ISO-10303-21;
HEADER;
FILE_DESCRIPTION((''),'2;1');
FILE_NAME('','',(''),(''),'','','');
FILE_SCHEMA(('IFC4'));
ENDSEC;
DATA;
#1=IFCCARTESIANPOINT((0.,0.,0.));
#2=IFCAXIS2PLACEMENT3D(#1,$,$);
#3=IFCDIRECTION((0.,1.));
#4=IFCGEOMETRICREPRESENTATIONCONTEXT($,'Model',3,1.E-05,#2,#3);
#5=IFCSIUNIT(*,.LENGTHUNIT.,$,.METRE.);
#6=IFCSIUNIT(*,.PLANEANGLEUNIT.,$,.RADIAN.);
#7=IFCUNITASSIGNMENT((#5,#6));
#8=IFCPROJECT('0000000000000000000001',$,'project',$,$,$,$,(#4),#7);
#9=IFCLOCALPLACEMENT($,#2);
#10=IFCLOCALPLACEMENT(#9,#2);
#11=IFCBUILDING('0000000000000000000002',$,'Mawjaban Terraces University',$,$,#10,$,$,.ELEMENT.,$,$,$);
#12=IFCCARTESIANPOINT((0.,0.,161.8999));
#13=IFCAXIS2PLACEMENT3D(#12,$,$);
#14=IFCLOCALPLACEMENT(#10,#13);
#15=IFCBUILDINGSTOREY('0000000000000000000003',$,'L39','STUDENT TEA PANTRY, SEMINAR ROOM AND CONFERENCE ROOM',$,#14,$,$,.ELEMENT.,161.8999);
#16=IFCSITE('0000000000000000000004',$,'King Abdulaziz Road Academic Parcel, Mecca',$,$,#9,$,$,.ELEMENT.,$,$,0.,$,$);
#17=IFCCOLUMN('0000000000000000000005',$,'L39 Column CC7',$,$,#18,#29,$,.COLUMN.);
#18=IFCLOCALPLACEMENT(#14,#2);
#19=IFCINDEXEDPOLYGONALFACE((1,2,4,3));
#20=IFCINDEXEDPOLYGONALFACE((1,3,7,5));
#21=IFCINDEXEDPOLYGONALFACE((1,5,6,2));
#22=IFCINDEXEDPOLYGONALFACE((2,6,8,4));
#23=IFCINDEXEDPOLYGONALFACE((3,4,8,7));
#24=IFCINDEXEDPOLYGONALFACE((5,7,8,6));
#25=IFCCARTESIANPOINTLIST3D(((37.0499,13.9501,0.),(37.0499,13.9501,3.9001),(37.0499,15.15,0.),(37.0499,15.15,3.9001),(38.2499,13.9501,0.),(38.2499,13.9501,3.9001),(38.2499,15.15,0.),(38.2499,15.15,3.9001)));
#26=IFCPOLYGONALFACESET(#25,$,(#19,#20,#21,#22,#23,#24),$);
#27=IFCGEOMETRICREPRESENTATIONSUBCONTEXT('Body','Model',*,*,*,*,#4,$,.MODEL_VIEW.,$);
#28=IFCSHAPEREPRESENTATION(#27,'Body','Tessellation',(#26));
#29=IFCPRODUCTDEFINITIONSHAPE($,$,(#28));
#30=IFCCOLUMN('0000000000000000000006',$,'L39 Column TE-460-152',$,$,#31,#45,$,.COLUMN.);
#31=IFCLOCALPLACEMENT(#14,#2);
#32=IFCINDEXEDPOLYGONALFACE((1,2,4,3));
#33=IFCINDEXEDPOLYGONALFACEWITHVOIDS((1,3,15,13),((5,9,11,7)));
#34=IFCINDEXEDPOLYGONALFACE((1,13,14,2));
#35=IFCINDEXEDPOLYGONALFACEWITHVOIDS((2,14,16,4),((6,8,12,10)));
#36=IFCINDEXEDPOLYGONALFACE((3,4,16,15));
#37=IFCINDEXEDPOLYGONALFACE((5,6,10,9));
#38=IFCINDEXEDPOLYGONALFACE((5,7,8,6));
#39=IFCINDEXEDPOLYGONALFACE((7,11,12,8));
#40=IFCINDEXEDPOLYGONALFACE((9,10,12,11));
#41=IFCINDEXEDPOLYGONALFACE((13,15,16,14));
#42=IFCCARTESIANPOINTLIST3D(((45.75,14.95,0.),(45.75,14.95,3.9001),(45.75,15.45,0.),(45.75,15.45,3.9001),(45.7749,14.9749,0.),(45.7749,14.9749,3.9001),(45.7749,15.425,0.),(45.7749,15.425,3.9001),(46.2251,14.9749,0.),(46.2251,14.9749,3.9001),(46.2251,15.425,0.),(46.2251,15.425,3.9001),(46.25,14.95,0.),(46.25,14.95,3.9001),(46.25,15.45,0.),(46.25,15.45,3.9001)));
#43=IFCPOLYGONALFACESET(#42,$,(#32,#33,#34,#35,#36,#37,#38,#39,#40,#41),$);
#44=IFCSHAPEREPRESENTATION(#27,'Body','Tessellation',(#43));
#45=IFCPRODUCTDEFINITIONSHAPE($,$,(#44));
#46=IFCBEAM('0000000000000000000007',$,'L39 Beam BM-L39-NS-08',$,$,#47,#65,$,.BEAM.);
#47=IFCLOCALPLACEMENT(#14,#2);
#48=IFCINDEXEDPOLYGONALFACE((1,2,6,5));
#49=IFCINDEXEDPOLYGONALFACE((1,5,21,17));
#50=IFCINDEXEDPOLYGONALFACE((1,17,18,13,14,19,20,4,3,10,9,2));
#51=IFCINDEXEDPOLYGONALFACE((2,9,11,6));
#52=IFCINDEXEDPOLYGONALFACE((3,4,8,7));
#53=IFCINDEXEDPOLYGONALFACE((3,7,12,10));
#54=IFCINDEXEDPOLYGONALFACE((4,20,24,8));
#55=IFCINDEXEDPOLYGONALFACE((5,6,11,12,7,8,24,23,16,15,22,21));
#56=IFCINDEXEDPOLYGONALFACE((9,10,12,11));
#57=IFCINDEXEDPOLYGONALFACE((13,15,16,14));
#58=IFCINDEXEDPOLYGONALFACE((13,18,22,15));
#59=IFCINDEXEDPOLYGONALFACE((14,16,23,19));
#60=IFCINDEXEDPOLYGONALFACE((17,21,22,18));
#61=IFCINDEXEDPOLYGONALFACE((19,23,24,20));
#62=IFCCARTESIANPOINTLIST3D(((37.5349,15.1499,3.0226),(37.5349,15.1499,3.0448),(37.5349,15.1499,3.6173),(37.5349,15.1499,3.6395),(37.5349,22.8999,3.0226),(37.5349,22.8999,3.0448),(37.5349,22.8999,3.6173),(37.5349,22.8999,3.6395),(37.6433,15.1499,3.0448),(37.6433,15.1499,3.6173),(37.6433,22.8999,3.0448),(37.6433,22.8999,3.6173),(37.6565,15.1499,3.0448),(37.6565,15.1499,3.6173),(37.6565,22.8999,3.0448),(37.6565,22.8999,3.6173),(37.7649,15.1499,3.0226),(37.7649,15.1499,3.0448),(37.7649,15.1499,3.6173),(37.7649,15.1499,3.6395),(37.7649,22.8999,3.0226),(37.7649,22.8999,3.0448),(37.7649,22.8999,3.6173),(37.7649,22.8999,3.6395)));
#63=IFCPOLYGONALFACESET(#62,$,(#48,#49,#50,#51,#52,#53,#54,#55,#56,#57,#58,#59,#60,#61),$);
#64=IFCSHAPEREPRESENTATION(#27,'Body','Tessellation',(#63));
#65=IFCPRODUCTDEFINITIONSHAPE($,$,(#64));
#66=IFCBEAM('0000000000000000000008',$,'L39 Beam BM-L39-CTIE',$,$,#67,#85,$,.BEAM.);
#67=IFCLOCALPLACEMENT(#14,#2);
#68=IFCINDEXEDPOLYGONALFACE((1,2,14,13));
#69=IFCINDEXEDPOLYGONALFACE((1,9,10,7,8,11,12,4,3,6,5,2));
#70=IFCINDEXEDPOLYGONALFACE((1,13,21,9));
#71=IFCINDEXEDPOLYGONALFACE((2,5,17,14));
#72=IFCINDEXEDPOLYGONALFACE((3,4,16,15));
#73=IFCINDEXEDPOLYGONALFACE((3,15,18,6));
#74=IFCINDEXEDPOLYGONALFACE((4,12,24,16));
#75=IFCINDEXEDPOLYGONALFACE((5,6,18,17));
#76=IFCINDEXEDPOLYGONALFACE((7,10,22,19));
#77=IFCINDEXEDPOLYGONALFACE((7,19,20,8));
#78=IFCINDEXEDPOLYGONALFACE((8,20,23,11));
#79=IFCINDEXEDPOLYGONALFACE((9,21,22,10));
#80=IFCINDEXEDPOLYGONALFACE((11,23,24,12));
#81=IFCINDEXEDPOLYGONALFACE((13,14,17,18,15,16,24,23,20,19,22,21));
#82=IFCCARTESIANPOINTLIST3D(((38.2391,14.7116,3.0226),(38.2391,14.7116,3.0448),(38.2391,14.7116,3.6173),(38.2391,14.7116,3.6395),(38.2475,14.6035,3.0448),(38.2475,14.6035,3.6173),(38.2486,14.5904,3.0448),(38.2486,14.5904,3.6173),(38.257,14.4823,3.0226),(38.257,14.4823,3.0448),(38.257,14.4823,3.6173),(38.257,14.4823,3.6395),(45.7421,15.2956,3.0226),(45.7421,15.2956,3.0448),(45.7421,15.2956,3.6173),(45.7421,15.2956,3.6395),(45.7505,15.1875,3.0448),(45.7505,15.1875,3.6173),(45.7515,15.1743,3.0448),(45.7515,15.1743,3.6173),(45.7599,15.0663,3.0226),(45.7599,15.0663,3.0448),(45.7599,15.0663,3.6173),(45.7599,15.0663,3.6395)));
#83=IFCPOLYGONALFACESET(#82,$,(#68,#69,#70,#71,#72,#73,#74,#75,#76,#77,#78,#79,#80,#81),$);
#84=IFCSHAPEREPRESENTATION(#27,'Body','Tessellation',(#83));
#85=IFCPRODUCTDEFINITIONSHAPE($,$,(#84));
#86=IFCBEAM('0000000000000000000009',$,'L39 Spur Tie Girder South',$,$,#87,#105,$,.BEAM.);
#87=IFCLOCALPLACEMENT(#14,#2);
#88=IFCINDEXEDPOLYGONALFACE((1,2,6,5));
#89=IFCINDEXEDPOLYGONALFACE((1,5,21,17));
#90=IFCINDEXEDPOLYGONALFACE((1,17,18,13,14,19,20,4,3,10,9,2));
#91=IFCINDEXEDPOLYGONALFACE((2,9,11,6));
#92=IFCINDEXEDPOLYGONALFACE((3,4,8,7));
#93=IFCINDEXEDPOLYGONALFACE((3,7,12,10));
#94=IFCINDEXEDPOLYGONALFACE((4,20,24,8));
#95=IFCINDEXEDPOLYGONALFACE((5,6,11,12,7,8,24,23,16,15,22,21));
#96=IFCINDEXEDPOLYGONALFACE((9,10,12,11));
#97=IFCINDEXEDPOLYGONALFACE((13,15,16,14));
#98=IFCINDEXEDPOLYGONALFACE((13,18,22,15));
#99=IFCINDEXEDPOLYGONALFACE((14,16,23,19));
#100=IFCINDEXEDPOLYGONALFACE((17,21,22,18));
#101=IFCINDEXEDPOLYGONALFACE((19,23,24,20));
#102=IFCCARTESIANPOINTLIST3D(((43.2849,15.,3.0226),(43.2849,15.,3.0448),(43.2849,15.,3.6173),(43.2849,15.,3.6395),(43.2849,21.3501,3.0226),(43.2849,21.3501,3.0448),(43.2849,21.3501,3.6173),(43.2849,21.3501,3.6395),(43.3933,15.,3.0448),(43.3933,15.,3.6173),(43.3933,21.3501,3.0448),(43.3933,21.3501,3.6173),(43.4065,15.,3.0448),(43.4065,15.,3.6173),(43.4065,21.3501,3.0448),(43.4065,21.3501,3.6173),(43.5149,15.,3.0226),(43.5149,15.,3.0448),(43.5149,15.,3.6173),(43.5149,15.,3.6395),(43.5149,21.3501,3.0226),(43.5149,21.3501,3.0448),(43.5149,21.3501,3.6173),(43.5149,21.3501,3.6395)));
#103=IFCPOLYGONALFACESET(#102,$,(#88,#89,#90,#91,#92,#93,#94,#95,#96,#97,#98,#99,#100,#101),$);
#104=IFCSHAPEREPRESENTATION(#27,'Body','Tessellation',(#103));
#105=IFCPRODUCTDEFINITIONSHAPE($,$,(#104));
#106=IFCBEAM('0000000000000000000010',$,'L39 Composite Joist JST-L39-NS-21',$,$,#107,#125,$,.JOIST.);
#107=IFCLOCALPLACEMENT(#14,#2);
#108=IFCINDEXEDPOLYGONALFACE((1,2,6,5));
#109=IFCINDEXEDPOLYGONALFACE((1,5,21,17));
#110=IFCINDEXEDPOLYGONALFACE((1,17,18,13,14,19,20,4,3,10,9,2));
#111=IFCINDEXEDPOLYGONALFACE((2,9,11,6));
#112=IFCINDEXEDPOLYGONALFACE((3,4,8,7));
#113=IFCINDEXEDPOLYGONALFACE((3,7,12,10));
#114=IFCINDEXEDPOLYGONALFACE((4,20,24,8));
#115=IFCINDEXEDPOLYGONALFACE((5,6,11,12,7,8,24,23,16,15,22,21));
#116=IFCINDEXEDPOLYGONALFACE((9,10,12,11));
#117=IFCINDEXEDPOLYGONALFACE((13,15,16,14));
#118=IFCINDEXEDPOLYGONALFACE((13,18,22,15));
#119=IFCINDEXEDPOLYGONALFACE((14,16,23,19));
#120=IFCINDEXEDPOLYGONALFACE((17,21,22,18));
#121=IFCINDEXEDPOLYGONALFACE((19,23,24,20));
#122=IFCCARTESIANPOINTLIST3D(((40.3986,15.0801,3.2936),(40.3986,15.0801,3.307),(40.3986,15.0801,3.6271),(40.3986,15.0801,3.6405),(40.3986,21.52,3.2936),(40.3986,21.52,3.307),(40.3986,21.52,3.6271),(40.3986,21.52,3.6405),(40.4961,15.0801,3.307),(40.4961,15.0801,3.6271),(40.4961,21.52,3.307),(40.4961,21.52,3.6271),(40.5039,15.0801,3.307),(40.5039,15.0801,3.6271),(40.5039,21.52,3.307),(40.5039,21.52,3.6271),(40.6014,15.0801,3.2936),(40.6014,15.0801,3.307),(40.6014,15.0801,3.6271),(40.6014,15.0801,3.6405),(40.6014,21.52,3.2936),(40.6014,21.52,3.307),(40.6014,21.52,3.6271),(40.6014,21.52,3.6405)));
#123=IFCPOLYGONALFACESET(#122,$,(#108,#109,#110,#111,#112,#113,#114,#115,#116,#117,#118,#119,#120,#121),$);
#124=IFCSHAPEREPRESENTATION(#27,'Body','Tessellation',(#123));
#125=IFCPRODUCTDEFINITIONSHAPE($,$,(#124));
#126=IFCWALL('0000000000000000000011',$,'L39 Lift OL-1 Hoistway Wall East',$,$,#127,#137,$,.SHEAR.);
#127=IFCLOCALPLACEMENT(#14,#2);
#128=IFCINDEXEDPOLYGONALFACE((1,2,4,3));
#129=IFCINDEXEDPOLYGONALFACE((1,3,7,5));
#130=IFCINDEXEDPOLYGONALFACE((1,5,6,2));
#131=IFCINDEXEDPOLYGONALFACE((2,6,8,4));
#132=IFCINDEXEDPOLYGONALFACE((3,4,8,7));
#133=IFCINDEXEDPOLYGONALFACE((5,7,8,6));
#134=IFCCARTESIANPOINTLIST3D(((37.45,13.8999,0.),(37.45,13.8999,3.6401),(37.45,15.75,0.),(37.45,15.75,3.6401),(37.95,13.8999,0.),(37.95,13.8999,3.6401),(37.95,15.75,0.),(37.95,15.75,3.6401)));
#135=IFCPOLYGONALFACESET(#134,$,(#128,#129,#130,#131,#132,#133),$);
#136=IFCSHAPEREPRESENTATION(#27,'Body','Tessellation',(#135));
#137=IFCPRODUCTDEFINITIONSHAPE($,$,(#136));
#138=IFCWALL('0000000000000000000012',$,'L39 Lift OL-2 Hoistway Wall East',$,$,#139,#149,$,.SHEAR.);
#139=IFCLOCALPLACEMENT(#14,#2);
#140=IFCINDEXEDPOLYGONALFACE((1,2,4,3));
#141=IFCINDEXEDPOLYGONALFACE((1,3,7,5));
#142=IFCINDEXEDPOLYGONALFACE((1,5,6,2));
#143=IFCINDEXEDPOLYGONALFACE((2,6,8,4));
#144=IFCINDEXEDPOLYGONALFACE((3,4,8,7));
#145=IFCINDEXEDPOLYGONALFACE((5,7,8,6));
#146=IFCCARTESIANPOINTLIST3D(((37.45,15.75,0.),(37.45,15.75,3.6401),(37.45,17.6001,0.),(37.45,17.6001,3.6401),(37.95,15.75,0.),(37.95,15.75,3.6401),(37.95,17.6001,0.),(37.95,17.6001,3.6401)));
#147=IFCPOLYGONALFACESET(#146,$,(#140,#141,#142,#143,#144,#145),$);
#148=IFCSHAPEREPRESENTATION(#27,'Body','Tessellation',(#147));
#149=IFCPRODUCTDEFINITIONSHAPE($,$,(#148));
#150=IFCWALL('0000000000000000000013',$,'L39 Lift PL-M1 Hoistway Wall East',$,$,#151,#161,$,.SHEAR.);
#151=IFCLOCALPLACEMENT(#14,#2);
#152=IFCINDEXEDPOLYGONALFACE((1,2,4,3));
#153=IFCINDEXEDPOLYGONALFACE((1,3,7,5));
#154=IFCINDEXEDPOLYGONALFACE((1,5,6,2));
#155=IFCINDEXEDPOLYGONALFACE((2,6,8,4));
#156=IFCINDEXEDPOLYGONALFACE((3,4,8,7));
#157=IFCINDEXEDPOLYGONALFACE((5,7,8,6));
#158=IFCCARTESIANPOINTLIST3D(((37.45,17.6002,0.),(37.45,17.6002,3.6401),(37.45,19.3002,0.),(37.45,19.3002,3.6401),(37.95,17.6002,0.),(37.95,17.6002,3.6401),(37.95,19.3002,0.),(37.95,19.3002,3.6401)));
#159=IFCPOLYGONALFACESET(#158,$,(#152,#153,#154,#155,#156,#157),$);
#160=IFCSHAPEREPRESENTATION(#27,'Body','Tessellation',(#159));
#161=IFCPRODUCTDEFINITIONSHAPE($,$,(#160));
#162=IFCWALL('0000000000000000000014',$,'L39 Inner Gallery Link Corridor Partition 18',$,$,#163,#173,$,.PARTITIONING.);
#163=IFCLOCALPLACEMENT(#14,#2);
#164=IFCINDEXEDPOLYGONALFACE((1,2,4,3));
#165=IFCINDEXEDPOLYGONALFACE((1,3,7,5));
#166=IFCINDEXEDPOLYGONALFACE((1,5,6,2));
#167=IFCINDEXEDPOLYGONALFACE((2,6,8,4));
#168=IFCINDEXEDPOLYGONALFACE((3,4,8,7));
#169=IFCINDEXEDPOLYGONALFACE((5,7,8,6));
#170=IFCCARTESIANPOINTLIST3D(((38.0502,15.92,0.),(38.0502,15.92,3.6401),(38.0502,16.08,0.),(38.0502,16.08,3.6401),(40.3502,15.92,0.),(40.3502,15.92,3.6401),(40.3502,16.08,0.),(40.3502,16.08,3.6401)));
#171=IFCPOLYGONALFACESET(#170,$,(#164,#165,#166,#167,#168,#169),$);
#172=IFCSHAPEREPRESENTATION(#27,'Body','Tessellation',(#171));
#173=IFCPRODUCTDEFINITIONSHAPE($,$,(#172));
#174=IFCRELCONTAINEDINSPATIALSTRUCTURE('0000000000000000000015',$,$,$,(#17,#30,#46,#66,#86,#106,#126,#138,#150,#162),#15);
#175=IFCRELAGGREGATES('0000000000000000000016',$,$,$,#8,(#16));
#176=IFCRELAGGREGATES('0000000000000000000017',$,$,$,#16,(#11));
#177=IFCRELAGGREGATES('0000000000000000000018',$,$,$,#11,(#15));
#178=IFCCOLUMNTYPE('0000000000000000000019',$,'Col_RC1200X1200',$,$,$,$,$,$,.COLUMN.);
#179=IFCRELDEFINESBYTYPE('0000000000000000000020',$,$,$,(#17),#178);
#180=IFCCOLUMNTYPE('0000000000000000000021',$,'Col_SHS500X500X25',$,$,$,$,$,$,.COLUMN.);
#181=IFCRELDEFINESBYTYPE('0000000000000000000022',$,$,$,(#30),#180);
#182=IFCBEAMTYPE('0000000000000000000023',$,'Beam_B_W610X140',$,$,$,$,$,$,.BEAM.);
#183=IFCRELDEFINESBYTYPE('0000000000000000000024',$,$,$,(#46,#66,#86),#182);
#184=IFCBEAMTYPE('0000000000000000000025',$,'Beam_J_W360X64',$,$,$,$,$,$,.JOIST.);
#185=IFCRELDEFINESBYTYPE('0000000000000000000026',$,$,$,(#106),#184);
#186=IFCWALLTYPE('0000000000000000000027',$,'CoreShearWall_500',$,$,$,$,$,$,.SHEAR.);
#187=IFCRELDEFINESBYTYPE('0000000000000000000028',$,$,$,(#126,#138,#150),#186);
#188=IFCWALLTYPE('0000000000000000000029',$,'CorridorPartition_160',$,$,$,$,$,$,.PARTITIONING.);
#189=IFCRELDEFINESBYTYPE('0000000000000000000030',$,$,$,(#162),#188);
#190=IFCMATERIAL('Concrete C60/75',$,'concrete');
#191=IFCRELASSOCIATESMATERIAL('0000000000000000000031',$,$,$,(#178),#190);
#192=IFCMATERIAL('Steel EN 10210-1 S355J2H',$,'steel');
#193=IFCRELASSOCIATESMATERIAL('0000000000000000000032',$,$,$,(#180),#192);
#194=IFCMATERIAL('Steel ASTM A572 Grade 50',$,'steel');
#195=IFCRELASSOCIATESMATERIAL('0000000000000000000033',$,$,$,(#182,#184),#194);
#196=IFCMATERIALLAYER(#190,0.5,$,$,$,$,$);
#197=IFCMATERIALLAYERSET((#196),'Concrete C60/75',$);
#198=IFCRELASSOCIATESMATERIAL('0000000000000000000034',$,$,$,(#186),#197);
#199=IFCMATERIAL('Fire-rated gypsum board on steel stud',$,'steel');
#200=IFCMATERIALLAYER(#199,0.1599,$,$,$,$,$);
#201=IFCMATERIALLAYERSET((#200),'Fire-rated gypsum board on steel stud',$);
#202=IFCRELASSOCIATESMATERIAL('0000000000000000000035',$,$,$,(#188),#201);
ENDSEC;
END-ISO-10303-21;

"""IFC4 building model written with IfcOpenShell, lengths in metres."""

from ifc_helpers import new_model, si_unit, direction, frame, frame_2d, origin, origin_2d, place, context, subcontext, project, spatial, rectangle, hollow_rectangle, i_section, extrude, material, layer, layer_set, material_profile, profile_set, type_object, element, save


model = new_model("IFC4")

# Units and contexts
model_context = context("Model", 3, precision=1e-05, world=origin(), true_north=direction((0.0, 1.0)))
body_context = subcontext(model_context, "Body", "Model", "MODEL_VIEW")
ifc_project = project(units=[si_unit("LENGTHUNIT", "METRE"), si_unit("PLANEANGLEUNIT", "RADIAN")], contexts=[model_context])

# Site, building, storey
site_placement = place(None, origin())
site = spatial("IfcSite", under=ifc_project, at=site_placement, Name="King Abdulaziz Road Academic Parcel, Mecca", CompositionType="ELEMENT", RefElevation=0.0)
building_placement = place(site_placement, origin())
building = spatial("IfcBuilding", under=site, at=building_placement, Name="Mawjaban Terraces University", CompositionType="ELEMENT")
storey_placement = place(building_placement, frame((0.0, 0.0, 161.8999)))
storey = spatial("IfcBuildingStorey", under=building, at=storey_placement, Name="L39", Description="STUDENT TEA PANTRY, SEMINAR ROOM AND CONFERENCE ROOM", CompositionType="ELEMENT", Elevation=161.8999)

# Columns
ifc_material_1 = material(Name="Concrete C60/75", Category="concrete")
ifc_material_profile_1 = material_profile(ifc_material_1, rectangle(XDim=1.2, YDim=1.2, at=origin_2d()), Name="RC1200X1200")
ifc_profile_set_1 = profile_set([ifc_material_profile_1], Name="Concrete C60/75")
column_type_1 = type_object("IfcColumnType", Name="Col_RC1200X1200", PredefinedType="COLUMN", material=ifc_profile_set_1)
column_1_placement = place(storey_placement, frame((37.6499, 14.55, 0.0), z_axis=(0.0, 0.0, 1.0), x_axis=(1.0, 0.0, 0.0)))
element("IfcColumn", 1, at=column_1_placement, inside=storey, type_object=column_type_1, Name="L39 Column CC7", PredefinedType="COLUMN", context=body_context, shape_type="SweptSolid", body=[
    extrude(rectangle(XDim=1.2, YDim=1.2, at=origin_2d()), origin(), (0.0, 0.0, 1.0), 3.9001),
])
ifc_material_2 = material(Name="Steel EN 10210-1 S355J2H", Category="steel")
ifc_material_profile_2 = material_profile(ifc_material_2, hollow_rectangle(XDim=0.5, YDim=0.5, WallThickness=0.0249, at=origin_2d()), Name="SHS500X500X25")
ifc_profile_set_2 = profile_set([ifc_material_profile_2], Name="Steel EN 10210-1 S355J2H")
column_type_2 = type_object("IfcColumnType", Name="Col_SHS500X500X25", PredefinedType="COLUMN", material=ifc_profile_set_2)
column_2_placement = place(storey_placement, frame((46.0, 15.2, 0.0), z_axis=(0.0, 0.0, 1.0), x_axis=(1.0, 0.0, 0.0)))
element("IfcColumn", 2, at=column_2_placement, inside=storey, type_object=column_type_2, Name="L39 Column TE-460-152", PredefinedType="COLUMN", context=body_context, shape_type="SweptSolid", body=[
    extrude(hollow_rectangle(XDim=0.5, YDim=0.5, WallThickness=0.0249, at=origin_2d()), origin(), (0.0, 0.0, 1.0), 3.9001),
])

# Beams
ifc_material_3 = material(Name="Steel ASTM A572 Grade 50", Category="steel")
ifc_material_profile_3 = material_profile(ifc_material_3, i_section(OverallWidth=0.23, OverallDepth=0.6169, WebThickness=0.0132, FlangeThickness=0.0222, at=origin_2d()), Name="W610X140")
ifc_profile_set_3 = profile_set([ifc_material_profile_3], Name="Steel ASTM A572 Grade 50")
beam_type_1 = type_object("IfcBeamType", Name="Beam_B_W610X140", PredefinedType="BEAM", material=ifc_profile_set_3)
beam_1_placement = place(storey_placement, frame((37.6499, 15.1499, 3.3311), z_axis=(0.0, 1.0, 0.0), x_axis=(-1.0, 0.0, 0.0)))
element("IfcBeam", 3, at=beam_1_placement, inside=storey, type_object=beam_type_1, Name="L39 Beam BM-L39-NS-08", PredefinedType="BEAM", context=body_context, shape_type="SweptSolid", body=[
    extrude(i_section(OverallWidth=0.23, OverallDepth=0.6169, WebThickness=0.0132, FlangeThickness=0.0222, at=origin_2d()), origin(), (0.0, 0.0, 1.0), 7.75),
])
beam_2_placement = place(storey_placement, frame((38.248, 14.5969, 3.3311), z_axis=(0.996985, 0.077599, 0.0), x_axis=(-0.077599, 0.996985, 0.0)))
element("IfcBeam", 4, at=beam_2_placement, inside=storey, type_object=beam_type_1, Name="L39 Beam BM-L39-CTIE", PredefinedType="BEAM", context=body_context, shape_type="SweptSolid", body=[
    extrude(i_section(OverallWidth=0.23, OverallDepth=0.6169, WebThickness=0.0132, FlangeThickness=0.0222, at=origin_2d()), origin(), (0.0, 0.0, 1.0), 7.5256),
])
beam_3_placement = place(storey_placement, frame((43.3999, 15.0, 3.3311), z_axis=(0.0, 1.0, 0.0), x_axis=(-1.0, 0.0, 0.0)))
element("IfcBeam", 5, at=beam_3_placement, inside=storey, type_object=beam_type_1, Name="L39 Spur Tie Girder South", PredefinedType="BEAM", context=body_context, shape_type="SweptSolid", body=[
    extrude(i_section(OverallWidth=0.23, OverallDepth=0.6169, WebThickness=0.0132, FlangeThickness=0.0222, at=origin_2d()), origin(), (0.0, 0.0, 1.0), 6.3501),
])
ifc_material_profile_4 = material_profile(ifc_material_3, i_section(OverallWidth=0.2029, OverallDepth=0.3469, WebThickness=0.0078, FlangeThickness=0.0134, at=origin_2d()), Name="W360X64")
ifc_profile_set_4 = profile_set([ifc_material_profile_4], Name="Steel ASTM A572 Grade 50")
beam_type_2 = type_object("IfcBeamType", Name="Beam_J_W360X64", PredefinedType="JOIST", material=ifc_profile_set_4)
beam_4_placement = place(storey_placement, frame((40.5, 15.0801, 3.467), z_axis=(0.0, 1.0, 0.0), x_axis=(-1.0, 0.0, 0.0)))
element("IfcBeam", 6, at=beam_4_placement, inside=storey, type_object=beam_type_2, Name="L39 Composite Joist JST-L39-NS-21", PredefinedType="JOIST", context=body_context, shape_type="SweptSolid", body=[
    extrude(i_section(OverallWidth=0.2029, OverallDepth=0.3469, WebThickness=0.0078, FlangeThickness=0.0134, at=origin_2d()), origin(), (0.0, 0.0, 1.0), 6.4399),
])

# Walls
ifc_layer_1 = layer(ifc_material_1, 0.5)
ifc_layer_set_1 = layer_set([ifc_layer_1], Name="Concrete C60/75")
wall_type_1 = type_object("IfcWallType", Name="CoreShearWall_500", PredefinedType="SHEAR", material=ifc_layer_set_1)
for number, where, z_axis, x_axis, name in (
    (7, (37.7, 13.8999, 0.0), (0.0, 0.0, 1.0), (0.0, 1.0, 0.0), "L39 Lift OL-1 Hoistway Wall East"),
    (8, (37.7, 15.75, 0.0), (0.0, 0.0, 1.0), (0.0, 1.0, 0.0), "L39 Lift OL-2 Hoistway Wall East"),
):
    element("IfcWall", number, at=place(storey_placement, frame(where, z_axis=z_axis, x_axis=x_axis)), inside=storey, type_object=wall_type_1, Name=name, PredefinedType="SHEAR", context=body_context, shape_type="SweptSolid", body=[
        extrude(rectangle(XDim=1.8501, YDim=0.5, at=frame_2d((0.925, 0.0))), origin(), (0.0, 0.0, 1.0), 3.6401),
    ])
wall_1_placement = place(storey_placement, frame((37.7, 17.6001, 0.0), z_axis=(0.0, 0.0, 1.0), x_axis=(0.0, 1.0, 0.0)))
element("IfcWall", 9, at=wall_1_placement, inside=storey, type_object=wall_type_1, Name="L39 Lift PL-M1 Hoistway Wall East", PredefinedType="SHEAR", context=body_context, shape_type="SweptSolid", body=[
    extrude(rectangle(XDim=1.7, YDim=0.5, at=frame_2d((0.8501, 0.0))), origin(), (0.0, 0.0, 1.0), 3.6401),
])
ifc_material_4 = material(Name="Fire-rated gypsum board on steel stud", Category="steel")
ifc_layer_2 = layer(ifc_material_4, 0.1599)
ifc_layer_set_2 = layer_set([ifc_layer_2], Name="Fire-rated gypsum board on steel stud")
wall_type_2 = type_object("IfcWallType", Name="CorridorPartition_160", PredefinedType="PARTITIONING", material=ifc_layer_set_2)
wall_2_placement = place(storey_placement, frame((40.3501, 16.0, 0.0), z_axis=(0.0, 0.0, 1.0), x_axis=(-1.0, 0.0, 0.0)))
element("IfcWall", 10, at=wall_2_placement, inside=storey, type_object=wall_type_2, Name="L39 Inner Gallery Link Corridor Partition 18", PredefinedType="PARTITIONING", context=body_context, shape_type="SweptSolid", body=[
    extrude(rectangle(XDim=2.3, YDim=0.1599, at=frame_2d((1.1499, 0.0))), origin(), (0.0, 0.0, 1.0), 3.6401),
])

save(model, "model.ifc")
